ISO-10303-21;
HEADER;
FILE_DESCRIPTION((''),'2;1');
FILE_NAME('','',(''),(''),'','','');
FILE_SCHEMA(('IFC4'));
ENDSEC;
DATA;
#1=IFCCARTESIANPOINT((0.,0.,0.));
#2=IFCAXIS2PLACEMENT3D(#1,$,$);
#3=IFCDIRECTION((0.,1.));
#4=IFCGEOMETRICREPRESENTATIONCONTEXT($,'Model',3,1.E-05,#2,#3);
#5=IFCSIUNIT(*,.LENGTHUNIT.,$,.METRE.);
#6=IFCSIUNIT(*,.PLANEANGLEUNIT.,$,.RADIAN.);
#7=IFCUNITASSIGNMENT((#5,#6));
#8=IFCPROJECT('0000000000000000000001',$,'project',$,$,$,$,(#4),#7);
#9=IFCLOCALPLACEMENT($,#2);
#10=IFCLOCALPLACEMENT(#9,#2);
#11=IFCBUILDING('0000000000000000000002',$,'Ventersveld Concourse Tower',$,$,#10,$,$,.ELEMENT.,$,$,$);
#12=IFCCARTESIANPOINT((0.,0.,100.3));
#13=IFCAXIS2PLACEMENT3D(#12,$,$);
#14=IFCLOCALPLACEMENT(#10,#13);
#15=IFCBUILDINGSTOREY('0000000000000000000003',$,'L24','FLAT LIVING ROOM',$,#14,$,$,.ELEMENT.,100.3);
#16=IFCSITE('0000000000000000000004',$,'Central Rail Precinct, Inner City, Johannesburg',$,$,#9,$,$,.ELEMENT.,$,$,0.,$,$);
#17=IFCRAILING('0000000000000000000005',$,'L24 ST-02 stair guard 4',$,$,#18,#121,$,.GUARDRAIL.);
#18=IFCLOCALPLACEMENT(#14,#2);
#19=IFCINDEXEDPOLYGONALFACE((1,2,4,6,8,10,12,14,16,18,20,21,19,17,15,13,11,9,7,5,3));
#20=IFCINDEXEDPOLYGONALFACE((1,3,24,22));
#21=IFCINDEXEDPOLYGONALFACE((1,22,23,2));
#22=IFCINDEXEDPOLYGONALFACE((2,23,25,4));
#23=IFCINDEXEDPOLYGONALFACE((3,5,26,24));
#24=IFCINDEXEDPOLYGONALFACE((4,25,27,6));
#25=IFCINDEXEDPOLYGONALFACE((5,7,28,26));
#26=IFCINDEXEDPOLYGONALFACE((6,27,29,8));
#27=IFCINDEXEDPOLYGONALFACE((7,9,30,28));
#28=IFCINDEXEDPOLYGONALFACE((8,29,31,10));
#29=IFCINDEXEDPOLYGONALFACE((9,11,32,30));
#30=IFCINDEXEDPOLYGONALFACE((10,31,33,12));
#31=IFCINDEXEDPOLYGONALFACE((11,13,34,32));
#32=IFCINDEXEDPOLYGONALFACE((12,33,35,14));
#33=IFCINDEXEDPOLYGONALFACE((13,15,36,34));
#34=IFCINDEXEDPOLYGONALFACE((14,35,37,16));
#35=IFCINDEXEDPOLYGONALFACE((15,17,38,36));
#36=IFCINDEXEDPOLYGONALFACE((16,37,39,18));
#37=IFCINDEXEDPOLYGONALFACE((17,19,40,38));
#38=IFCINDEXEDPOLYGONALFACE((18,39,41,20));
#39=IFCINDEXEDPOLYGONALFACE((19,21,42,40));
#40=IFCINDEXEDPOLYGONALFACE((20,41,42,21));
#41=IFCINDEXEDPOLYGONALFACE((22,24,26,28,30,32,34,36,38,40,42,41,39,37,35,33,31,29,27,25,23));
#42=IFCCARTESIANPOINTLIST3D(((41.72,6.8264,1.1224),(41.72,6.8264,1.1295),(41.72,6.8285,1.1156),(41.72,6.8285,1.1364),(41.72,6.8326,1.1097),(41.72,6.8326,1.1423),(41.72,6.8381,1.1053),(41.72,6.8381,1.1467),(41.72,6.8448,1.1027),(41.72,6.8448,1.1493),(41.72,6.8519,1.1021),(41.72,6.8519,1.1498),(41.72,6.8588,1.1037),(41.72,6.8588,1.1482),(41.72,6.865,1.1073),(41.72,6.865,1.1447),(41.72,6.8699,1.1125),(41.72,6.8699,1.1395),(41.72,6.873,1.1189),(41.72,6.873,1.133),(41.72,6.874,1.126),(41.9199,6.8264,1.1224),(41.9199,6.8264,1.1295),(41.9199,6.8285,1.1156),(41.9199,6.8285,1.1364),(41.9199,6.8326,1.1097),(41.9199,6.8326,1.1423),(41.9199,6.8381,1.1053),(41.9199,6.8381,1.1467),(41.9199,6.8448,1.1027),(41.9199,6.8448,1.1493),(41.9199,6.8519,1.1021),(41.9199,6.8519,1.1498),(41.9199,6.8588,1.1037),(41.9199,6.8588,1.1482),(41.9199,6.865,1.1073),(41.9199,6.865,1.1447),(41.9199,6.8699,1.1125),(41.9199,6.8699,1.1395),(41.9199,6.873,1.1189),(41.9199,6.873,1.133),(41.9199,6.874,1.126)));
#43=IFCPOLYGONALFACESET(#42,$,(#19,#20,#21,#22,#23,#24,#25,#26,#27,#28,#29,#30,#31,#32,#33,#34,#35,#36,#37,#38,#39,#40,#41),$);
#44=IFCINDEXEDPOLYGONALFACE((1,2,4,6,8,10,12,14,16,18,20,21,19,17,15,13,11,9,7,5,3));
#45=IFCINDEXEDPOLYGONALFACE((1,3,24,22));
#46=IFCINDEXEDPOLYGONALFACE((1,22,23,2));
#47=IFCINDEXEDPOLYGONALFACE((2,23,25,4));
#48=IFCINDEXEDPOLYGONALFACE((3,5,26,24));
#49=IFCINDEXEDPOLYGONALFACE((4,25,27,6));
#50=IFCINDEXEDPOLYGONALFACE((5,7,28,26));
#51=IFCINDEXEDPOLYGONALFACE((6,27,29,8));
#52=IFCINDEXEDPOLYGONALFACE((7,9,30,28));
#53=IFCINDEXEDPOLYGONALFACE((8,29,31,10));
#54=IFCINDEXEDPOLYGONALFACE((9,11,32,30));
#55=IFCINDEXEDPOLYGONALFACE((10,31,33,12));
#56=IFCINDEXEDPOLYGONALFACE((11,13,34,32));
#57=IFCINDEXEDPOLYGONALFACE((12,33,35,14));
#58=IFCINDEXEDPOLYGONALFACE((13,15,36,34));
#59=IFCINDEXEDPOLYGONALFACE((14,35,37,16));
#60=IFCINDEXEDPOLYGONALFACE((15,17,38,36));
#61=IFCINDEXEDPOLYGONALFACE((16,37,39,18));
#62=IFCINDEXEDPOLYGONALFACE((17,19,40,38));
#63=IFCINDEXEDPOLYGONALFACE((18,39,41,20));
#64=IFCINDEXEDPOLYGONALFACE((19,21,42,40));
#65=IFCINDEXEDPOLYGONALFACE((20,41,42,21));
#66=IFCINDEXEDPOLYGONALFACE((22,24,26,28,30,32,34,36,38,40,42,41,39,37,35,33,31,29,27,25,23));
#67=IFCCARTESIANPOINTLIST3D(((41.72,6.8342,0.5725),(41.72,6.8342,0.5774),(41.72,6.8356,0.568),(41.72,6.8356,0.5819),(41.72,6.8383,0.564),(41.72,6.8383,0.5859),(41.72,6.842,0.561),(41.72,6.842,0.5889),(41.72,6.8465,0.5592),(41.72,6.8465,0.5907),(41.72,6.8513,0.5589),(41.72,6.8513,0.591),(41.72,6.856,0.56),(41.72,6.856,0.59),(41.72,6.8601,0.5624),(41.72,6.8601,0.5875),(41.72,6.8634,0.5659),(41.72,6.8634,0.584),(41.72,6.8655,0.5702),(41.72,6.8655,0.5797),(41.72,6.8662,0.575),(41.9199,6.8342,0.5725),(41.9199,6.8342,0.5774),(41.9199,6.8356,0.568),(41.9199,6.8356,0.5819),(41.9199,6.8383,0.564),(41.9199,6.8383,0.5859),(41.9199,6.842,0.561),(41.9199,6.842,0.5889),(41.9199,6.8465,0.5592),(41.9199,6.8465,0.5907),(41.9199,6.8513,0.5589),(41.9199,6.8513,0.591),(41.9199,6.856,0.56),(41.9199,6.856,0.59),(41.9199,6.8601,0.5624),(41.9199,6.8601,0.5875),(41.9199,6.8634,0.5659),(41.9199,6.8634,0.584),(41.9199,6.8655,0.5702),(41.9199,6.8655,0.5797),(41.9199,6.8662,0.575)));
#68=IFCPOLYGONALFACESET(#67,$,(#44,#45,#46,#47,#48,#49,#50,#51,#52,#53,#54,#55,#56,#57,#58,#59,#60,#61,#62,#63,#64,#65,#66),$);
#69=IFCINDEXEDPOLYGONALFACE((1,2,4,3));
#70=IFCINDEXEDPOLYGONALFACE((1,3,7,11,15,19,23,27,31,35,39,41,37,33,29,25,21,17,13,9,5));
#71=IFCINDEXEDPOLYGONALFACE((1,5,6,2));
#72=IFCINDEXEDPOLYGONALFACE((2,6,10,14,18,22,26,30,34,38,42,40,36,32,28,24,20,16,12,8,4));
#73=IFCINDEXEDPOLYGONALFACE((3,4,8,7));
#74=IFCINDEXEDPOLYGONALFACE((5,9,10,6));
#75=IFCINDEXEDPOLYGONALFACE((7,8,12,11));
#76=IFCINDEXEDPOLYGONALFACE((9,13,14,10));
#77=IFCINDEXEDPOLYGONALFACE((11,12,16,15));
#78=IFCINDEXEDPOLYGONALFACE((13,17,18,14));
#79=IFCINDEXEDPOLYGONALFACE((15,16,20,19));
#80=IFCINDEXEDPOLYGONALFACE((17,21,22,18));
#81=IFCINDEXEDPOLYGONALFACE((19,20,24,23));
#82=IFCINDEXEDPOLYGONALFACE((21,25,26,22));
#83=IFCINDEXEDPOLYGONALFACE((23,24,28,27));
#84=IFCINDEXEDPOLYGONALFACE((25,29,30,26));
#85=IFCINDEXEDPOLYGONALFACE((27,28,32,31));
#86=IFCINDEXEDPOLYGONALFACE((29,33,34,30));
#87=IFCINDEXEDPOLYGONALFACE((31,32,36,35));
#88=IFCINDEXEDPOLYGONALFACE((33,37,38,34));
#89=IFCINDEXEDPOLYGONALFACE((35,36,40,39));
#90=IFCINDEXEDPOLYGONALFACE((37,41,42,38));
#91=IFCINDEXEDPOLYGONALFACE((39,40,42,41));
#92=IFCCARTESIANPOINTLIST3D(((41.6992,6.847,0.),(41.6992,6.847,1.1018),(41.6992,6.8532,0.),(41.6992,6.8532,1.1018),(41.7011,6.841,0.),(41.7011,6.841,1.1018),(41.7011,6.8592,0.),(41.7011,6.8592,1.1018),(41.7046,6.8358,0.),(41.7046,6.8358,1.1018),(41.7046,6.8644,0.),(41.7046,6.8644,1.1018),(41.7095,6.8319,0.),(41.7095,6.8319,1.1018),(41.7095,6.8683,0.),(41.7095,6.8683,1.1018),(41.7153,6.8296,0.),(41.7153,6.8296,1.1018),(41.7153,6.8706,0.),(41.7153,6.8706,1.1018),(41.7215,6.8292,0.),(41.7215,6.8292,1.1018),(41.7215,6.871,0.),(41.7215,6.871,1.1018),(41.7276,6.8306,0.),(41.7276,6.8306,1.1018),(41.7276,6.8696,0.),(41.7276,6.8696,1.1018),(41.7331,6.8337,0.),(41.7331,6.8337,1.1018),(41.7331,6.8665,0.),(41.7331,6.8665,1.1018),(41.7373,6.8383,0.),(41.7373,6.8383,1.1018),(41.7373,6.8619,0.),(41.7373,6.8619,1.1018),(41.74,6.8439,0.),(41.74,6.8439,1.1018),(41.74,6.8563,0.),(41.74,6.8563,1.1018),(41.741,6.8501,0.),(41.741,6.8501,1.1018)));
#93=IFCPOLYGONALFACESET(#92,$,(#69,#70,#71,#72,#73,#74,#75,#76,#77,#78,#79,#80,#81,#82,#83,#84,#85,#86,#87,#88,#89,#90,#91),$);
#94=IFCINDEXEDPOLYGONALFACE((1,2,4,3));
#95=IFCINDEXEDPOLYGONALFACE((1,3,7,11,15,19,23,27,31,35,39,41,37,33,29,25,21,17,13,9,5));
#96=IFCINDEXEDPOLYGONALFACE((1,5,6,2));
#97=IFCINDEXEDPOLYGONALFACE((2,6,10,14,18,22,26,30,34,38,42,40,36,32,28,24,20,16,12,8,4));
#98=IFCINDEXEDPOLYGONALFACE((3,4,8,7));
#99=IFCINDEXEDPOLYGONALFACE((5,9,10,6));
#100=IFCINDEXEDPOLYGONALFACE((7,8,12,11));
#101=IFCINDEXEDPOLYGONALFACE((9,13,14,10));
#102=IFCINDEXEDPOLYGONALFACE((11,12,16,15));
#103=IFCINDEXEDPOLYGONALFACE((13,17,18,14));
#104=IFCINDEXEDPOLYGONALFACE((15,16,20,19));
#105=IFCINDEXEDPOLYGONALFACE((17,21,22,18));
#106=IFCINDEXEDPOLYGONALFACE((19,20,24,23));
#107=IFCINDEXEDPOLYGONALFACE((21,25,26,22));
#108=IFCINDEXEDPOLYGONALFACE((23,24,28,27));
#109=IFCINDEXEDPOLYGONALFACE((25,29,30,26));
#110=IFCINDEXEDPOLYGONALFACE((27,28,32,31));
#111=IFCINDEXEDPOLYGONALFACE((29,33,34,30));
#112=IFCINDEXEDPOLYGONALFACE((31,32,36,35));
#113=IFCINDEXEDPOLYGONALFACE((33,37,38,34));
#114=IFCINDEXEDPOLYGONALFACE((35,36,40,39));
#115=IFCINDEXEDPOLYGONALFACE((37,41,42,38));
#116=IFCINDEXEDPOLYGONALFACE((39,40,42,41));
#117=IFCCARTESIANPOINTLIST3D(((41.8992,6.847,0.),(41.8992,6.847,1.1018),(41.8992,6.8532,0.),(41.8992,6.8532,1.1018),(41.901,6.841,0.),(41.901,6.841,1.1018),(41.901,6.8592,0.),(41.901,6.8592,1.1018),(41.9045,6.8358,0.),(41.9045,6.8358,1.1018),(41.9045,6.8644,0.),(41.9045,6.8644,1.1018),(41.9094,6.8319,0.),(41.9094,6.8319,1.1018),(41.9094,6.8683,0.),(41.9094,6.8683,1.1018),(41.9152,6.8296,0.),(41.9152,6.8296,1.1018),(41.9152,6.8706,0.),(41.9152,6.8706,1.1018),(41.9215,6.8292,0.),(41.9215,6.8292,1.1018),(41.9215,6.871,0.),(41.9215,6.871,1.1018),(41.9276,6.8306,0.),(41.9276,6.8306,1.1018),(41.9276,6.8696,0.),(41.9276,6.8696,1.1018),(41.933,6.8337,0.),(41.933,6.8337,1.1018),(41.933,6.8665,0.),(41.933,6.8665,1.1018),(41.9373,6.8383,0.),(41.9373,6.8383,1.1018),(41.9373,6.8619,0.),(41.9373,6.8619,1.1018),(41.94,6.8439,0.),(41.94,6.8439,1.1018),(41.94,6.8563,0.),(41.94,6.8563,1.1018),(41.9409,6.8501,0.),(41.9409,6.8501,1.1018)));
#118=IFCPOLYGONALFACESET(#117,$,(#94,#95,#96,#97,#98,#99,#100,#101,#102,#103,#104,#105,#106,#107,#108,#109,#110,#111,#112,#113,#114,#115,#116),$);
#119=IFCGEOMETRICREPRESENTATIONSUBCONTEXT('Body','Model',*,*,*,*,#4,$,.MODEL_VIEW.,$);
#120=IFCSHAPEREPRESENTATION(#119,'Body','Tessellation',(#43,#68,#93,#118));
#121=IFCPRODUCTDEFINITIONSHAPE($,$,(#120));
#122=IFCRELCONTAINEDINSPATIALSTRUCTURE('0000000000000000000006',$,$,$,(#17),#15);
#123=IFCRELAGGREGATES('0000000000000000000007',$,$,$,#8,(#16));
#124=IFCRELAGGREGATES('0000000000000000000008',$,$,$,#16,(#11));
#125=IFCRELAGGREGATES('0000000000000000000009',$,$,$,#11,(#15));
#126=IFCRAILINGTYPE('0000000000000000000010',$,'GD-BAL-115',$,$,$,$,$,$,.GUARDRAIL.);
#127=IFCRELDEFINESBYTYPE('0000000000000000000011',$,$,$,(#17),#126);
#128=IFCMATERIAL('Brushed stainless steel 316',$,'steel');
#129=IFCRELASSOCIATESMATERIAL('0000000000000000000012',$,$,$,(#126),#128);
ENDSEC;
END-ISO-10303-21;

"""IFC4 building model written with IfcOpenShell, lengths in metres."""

from ifc_helpers import new_model, si_unit, direction, frame, origin, origin_2d, place, context, subcontext, project, spatial, circle, extrude, material, type_object, element, save


model = new_model("IFC4")

# Units and contexts
model_context = context("Model", 3, precision=1e-05, world=origin(), true_north=direction((0.0, 1.0)))
body_context = subcontext(model_context, "Body", "Model", "MODEL_VIEW")
ifc_project = project(units=[si_unit("LENGTHUNIT", "METRE"), si_unit("PLANEANGLEUNIT", "RADIAN")], contexts=[model_context])

# Site, building, storey
site_placement = place(None, origin())
site = spatial("IfcSite", under=ifc_project, at=site_placement, Name="Central Rail Precinct, Inner City, Johannesburg", CompositionType="ELEMENT", RefElevation=0.0)
building_placement = place(site_placement, origin())
building = spatial("IfcBuilding", under=site, at=building_placement, Name="Ventersveld Concourse Tower", CompositionType="ELEMENT")
storey_placement = place(building_placement, frame((0.0, 0.0, 100.3)))
storey = spatial("IfcBuildingStorey", under=building, at=storey_placement, Name="L24", Description="FLAT LIVING ROOM", CompositionType="ELEMENT", Elevation=100.3)

# Shared definitions
ifc_material_1 = material(Name="Brushed stainless steel 316", Category="steel")

# Railing
railing_type_1 = type_object("IfcRailingType", Name="GD-BAL-115", PredefinedType="GUARDRAIL", material=ifc_material_1)
railing_1_placement = place(storey_placement, frame((41.72, 6.8501, 0.0)))
element("IfcRailing", 1, at=railing_1_placement, inside=storey, type_object=railing_type_1, Name="L24 ST-02 stair guard 4", PredefinedType="GUARDRAIL", context=body_context, shape_type="SweptSolid", body=[
    extrude(circle(Radius=0.0239, at=origin_2d()), frame((0.0, 0.0, 1.126), z_axis=(1.0, 0.0, 0.0), x_axis=(0.0, 1.0, 0.0)), (0.0, 0.0, 1.0), 0.2),
    extrude(circle(Radius=0.0161, at=origin_2d()), frame((0.0, 0.0, 0.575), z_axis=(1.0, 0.0, 0.0), x_axis=(0.0, 1.0, 0.0)), (0.0, 0.0, 1.0), 0.2),
    extrude(circle(Radius=0.021, at=origin_2d()), origin(), (0.0, 0.0, 1.0), 1.1018),
    extrude(circle(Radius=0.021, at=origin_2d()), frame((0.2, 0.0, 0.0)), (0.0, 0.0, 1.0), 1.1018),
])

save(model, "model.ifc")
